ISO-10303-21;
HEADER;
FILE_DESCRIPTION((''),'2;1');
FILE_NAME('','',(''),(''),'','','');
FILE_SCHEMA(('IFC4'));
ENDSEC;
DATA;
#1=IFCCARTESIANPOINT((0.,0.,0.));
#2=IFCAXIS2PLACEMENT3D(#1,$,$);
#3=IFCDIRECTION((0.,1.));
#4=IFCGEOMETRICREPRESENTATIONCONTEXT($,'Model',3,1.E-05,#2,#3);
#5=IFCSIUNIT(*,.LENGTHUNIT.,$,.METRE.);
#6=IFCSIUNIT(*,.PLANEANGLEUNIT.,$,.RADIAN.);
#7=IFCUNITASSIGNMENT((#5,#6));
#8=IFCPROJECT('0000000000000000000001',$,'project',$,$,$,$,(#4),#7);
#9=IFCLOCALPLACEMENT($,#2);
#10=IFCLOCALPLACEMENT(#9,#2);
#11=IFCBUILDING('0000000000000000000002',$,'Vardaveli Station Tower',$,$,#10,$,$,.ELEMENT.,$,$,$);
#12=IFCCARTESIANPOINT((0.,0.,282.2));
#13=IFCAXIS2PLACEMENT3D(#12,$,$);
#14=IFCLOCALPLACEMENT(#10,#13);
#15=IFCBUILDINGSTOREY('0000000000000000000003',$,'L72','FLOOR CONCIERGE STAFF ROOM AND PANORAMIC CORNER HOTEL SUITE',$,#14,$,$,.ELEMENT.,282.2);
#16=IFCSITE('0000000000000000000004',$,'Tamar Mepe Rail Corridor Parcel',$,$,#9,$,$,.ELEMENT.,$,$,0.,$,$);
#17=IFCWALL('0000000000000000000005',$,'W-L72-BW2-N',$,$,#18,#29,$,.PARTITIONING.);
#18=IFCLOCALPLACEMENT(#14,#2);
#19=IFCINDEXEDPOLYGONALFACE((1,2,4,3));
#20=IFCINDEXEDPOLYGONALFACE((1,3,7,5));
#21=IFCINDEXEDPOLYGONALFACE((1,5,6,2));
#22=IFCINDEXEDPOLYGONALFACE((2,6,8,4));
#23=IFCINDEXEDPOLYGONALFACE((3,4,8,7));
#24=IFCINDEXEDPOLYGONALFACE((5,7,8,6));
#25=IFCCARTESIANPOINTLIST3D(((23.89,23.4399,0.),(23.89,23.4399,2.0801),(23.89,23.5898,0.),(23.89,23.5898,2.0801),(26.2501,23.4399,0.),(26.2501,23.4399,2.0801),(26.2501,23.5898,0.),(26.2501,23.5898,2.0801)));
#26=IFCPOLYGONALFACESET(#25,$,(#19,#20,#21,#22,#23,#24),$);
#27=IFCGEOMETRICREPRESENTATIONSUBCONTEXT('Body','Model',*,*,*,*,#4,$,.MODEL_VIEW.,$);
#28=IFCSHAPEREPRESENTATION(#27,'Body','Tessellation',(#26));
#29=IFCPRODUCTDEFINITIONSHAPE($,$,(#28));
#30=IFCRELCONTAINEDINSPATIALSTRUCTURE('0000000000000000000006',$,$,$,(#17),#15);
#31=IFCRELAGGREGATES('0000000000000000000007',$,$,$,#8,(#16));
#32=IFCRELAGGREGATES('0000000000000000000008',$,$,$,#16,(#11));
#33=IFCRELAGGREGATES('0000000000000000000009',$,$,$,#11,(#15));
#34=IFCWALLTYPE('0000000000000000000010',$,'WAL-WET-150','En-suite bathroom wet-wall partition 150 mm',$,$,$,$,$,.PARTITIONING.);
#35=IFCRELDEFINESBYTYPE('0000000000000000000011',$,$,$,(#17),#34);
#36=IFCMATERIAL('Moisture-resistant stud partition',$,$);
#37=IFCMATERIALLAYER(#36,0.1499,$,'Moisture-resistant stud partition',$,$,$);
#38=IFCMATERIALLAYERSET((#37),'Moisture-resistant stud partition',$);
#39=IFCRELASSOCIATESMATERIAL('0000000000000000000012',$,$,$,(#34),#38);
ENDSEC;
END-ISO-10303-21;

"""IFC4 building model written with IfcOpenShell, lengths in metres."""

from ifc_helpers import new_model, si_unit, direction, frame, frame_2d, origin, place, context, subcontext, project, spatial, rectangle, extrude, source, transform, mapped, material, layer, layer_set, type_object, element, save


model = new_model("IFC4")

# Units and contexts
model_context = context("Model", 3, precision=1e-05, world=origin(), true_north=direction((0.0, 1.0)))
body_context = subcontext(model_context, "Body", "Model", "MODEL_VIEW")
ifc_project = project(units=[si_unit("LENGTHUNIT", "METRE"), si_unit("PLANEANGLEUNIT", "RADIAN")], contexts=[model_context])

# Site, building, storey
site_placement = place(None, origin())
site = spatial("IfcSite", under=ifc_project, at=site_placement, Name="Tamar Mepe Rail Corridor Parcel", CompositionType="ELEMENT", RefElevation=0.0)
building_placement = place(site_placement, origin())
building = spatial("IfcBuilding", under=site, at=building_placement, Name="Vardaveli Station Tower", CompositionType="ELEMENT")
storey_placement = place(building_placement, frame((0.0, 0.0, 282.2)))
storey = spatial("IfcBuildingStorey", under=building, at=storey_placement, Name="L72", Description="FLOOR CONCIERGE STAFF ROOM AND PANORAMIC CORNER HOTEL SUITE", CompositionType="ELEMENT", Elevation=282.2)

# Shared definitions
ifc_material_1 = material(Name="Moisture-resistant stud partition")
ifc_layer_1 = layer(ifc_material_1, 0.1499, Name="Moisture-resistant stud partition")
ifc_layer_set_1 = layer_set([ifc_layer_1], Name="Moisture-resistant stud partition")
wall_type_1 = type_object("IfcWallType", Name="WAL-WET-150", Description="En-suite bathroom wet-wall partition 150 mm", PredefinedType="PARTITIONING", material=ifc_layer_set_1)

# Wall
shared_shape_1 = source(origin(), body_context, "Body", "SweptSolid", [
    extrude(rectangle(XDim=2.3601, YDim=0.1499, at=frame_2d((1.1802, 0.0))), origin(), (0.0, 0.0, 1.0), 2.0801),
])
wall_1_placement = place(storey_placement, frame((23.8899, 23.5149, 0.0), z_axis=(0.0, 0.0, 1.0), x_axis=(1.0, 0.0, 0.0)))
element("IfcWall", 1, at=wall_1_placement, inside=storey, type_object=wall_type_1, Name="W-L72-BW2-N", PredefinedType="PARTITIONING", context=body_context, shape_type="MappedRepresentation", body=[
    mapped(shared_shape_1, transform((0.0, 0.0, 0.0), scale=1.0)),
])

save(model, "model.ifc")
